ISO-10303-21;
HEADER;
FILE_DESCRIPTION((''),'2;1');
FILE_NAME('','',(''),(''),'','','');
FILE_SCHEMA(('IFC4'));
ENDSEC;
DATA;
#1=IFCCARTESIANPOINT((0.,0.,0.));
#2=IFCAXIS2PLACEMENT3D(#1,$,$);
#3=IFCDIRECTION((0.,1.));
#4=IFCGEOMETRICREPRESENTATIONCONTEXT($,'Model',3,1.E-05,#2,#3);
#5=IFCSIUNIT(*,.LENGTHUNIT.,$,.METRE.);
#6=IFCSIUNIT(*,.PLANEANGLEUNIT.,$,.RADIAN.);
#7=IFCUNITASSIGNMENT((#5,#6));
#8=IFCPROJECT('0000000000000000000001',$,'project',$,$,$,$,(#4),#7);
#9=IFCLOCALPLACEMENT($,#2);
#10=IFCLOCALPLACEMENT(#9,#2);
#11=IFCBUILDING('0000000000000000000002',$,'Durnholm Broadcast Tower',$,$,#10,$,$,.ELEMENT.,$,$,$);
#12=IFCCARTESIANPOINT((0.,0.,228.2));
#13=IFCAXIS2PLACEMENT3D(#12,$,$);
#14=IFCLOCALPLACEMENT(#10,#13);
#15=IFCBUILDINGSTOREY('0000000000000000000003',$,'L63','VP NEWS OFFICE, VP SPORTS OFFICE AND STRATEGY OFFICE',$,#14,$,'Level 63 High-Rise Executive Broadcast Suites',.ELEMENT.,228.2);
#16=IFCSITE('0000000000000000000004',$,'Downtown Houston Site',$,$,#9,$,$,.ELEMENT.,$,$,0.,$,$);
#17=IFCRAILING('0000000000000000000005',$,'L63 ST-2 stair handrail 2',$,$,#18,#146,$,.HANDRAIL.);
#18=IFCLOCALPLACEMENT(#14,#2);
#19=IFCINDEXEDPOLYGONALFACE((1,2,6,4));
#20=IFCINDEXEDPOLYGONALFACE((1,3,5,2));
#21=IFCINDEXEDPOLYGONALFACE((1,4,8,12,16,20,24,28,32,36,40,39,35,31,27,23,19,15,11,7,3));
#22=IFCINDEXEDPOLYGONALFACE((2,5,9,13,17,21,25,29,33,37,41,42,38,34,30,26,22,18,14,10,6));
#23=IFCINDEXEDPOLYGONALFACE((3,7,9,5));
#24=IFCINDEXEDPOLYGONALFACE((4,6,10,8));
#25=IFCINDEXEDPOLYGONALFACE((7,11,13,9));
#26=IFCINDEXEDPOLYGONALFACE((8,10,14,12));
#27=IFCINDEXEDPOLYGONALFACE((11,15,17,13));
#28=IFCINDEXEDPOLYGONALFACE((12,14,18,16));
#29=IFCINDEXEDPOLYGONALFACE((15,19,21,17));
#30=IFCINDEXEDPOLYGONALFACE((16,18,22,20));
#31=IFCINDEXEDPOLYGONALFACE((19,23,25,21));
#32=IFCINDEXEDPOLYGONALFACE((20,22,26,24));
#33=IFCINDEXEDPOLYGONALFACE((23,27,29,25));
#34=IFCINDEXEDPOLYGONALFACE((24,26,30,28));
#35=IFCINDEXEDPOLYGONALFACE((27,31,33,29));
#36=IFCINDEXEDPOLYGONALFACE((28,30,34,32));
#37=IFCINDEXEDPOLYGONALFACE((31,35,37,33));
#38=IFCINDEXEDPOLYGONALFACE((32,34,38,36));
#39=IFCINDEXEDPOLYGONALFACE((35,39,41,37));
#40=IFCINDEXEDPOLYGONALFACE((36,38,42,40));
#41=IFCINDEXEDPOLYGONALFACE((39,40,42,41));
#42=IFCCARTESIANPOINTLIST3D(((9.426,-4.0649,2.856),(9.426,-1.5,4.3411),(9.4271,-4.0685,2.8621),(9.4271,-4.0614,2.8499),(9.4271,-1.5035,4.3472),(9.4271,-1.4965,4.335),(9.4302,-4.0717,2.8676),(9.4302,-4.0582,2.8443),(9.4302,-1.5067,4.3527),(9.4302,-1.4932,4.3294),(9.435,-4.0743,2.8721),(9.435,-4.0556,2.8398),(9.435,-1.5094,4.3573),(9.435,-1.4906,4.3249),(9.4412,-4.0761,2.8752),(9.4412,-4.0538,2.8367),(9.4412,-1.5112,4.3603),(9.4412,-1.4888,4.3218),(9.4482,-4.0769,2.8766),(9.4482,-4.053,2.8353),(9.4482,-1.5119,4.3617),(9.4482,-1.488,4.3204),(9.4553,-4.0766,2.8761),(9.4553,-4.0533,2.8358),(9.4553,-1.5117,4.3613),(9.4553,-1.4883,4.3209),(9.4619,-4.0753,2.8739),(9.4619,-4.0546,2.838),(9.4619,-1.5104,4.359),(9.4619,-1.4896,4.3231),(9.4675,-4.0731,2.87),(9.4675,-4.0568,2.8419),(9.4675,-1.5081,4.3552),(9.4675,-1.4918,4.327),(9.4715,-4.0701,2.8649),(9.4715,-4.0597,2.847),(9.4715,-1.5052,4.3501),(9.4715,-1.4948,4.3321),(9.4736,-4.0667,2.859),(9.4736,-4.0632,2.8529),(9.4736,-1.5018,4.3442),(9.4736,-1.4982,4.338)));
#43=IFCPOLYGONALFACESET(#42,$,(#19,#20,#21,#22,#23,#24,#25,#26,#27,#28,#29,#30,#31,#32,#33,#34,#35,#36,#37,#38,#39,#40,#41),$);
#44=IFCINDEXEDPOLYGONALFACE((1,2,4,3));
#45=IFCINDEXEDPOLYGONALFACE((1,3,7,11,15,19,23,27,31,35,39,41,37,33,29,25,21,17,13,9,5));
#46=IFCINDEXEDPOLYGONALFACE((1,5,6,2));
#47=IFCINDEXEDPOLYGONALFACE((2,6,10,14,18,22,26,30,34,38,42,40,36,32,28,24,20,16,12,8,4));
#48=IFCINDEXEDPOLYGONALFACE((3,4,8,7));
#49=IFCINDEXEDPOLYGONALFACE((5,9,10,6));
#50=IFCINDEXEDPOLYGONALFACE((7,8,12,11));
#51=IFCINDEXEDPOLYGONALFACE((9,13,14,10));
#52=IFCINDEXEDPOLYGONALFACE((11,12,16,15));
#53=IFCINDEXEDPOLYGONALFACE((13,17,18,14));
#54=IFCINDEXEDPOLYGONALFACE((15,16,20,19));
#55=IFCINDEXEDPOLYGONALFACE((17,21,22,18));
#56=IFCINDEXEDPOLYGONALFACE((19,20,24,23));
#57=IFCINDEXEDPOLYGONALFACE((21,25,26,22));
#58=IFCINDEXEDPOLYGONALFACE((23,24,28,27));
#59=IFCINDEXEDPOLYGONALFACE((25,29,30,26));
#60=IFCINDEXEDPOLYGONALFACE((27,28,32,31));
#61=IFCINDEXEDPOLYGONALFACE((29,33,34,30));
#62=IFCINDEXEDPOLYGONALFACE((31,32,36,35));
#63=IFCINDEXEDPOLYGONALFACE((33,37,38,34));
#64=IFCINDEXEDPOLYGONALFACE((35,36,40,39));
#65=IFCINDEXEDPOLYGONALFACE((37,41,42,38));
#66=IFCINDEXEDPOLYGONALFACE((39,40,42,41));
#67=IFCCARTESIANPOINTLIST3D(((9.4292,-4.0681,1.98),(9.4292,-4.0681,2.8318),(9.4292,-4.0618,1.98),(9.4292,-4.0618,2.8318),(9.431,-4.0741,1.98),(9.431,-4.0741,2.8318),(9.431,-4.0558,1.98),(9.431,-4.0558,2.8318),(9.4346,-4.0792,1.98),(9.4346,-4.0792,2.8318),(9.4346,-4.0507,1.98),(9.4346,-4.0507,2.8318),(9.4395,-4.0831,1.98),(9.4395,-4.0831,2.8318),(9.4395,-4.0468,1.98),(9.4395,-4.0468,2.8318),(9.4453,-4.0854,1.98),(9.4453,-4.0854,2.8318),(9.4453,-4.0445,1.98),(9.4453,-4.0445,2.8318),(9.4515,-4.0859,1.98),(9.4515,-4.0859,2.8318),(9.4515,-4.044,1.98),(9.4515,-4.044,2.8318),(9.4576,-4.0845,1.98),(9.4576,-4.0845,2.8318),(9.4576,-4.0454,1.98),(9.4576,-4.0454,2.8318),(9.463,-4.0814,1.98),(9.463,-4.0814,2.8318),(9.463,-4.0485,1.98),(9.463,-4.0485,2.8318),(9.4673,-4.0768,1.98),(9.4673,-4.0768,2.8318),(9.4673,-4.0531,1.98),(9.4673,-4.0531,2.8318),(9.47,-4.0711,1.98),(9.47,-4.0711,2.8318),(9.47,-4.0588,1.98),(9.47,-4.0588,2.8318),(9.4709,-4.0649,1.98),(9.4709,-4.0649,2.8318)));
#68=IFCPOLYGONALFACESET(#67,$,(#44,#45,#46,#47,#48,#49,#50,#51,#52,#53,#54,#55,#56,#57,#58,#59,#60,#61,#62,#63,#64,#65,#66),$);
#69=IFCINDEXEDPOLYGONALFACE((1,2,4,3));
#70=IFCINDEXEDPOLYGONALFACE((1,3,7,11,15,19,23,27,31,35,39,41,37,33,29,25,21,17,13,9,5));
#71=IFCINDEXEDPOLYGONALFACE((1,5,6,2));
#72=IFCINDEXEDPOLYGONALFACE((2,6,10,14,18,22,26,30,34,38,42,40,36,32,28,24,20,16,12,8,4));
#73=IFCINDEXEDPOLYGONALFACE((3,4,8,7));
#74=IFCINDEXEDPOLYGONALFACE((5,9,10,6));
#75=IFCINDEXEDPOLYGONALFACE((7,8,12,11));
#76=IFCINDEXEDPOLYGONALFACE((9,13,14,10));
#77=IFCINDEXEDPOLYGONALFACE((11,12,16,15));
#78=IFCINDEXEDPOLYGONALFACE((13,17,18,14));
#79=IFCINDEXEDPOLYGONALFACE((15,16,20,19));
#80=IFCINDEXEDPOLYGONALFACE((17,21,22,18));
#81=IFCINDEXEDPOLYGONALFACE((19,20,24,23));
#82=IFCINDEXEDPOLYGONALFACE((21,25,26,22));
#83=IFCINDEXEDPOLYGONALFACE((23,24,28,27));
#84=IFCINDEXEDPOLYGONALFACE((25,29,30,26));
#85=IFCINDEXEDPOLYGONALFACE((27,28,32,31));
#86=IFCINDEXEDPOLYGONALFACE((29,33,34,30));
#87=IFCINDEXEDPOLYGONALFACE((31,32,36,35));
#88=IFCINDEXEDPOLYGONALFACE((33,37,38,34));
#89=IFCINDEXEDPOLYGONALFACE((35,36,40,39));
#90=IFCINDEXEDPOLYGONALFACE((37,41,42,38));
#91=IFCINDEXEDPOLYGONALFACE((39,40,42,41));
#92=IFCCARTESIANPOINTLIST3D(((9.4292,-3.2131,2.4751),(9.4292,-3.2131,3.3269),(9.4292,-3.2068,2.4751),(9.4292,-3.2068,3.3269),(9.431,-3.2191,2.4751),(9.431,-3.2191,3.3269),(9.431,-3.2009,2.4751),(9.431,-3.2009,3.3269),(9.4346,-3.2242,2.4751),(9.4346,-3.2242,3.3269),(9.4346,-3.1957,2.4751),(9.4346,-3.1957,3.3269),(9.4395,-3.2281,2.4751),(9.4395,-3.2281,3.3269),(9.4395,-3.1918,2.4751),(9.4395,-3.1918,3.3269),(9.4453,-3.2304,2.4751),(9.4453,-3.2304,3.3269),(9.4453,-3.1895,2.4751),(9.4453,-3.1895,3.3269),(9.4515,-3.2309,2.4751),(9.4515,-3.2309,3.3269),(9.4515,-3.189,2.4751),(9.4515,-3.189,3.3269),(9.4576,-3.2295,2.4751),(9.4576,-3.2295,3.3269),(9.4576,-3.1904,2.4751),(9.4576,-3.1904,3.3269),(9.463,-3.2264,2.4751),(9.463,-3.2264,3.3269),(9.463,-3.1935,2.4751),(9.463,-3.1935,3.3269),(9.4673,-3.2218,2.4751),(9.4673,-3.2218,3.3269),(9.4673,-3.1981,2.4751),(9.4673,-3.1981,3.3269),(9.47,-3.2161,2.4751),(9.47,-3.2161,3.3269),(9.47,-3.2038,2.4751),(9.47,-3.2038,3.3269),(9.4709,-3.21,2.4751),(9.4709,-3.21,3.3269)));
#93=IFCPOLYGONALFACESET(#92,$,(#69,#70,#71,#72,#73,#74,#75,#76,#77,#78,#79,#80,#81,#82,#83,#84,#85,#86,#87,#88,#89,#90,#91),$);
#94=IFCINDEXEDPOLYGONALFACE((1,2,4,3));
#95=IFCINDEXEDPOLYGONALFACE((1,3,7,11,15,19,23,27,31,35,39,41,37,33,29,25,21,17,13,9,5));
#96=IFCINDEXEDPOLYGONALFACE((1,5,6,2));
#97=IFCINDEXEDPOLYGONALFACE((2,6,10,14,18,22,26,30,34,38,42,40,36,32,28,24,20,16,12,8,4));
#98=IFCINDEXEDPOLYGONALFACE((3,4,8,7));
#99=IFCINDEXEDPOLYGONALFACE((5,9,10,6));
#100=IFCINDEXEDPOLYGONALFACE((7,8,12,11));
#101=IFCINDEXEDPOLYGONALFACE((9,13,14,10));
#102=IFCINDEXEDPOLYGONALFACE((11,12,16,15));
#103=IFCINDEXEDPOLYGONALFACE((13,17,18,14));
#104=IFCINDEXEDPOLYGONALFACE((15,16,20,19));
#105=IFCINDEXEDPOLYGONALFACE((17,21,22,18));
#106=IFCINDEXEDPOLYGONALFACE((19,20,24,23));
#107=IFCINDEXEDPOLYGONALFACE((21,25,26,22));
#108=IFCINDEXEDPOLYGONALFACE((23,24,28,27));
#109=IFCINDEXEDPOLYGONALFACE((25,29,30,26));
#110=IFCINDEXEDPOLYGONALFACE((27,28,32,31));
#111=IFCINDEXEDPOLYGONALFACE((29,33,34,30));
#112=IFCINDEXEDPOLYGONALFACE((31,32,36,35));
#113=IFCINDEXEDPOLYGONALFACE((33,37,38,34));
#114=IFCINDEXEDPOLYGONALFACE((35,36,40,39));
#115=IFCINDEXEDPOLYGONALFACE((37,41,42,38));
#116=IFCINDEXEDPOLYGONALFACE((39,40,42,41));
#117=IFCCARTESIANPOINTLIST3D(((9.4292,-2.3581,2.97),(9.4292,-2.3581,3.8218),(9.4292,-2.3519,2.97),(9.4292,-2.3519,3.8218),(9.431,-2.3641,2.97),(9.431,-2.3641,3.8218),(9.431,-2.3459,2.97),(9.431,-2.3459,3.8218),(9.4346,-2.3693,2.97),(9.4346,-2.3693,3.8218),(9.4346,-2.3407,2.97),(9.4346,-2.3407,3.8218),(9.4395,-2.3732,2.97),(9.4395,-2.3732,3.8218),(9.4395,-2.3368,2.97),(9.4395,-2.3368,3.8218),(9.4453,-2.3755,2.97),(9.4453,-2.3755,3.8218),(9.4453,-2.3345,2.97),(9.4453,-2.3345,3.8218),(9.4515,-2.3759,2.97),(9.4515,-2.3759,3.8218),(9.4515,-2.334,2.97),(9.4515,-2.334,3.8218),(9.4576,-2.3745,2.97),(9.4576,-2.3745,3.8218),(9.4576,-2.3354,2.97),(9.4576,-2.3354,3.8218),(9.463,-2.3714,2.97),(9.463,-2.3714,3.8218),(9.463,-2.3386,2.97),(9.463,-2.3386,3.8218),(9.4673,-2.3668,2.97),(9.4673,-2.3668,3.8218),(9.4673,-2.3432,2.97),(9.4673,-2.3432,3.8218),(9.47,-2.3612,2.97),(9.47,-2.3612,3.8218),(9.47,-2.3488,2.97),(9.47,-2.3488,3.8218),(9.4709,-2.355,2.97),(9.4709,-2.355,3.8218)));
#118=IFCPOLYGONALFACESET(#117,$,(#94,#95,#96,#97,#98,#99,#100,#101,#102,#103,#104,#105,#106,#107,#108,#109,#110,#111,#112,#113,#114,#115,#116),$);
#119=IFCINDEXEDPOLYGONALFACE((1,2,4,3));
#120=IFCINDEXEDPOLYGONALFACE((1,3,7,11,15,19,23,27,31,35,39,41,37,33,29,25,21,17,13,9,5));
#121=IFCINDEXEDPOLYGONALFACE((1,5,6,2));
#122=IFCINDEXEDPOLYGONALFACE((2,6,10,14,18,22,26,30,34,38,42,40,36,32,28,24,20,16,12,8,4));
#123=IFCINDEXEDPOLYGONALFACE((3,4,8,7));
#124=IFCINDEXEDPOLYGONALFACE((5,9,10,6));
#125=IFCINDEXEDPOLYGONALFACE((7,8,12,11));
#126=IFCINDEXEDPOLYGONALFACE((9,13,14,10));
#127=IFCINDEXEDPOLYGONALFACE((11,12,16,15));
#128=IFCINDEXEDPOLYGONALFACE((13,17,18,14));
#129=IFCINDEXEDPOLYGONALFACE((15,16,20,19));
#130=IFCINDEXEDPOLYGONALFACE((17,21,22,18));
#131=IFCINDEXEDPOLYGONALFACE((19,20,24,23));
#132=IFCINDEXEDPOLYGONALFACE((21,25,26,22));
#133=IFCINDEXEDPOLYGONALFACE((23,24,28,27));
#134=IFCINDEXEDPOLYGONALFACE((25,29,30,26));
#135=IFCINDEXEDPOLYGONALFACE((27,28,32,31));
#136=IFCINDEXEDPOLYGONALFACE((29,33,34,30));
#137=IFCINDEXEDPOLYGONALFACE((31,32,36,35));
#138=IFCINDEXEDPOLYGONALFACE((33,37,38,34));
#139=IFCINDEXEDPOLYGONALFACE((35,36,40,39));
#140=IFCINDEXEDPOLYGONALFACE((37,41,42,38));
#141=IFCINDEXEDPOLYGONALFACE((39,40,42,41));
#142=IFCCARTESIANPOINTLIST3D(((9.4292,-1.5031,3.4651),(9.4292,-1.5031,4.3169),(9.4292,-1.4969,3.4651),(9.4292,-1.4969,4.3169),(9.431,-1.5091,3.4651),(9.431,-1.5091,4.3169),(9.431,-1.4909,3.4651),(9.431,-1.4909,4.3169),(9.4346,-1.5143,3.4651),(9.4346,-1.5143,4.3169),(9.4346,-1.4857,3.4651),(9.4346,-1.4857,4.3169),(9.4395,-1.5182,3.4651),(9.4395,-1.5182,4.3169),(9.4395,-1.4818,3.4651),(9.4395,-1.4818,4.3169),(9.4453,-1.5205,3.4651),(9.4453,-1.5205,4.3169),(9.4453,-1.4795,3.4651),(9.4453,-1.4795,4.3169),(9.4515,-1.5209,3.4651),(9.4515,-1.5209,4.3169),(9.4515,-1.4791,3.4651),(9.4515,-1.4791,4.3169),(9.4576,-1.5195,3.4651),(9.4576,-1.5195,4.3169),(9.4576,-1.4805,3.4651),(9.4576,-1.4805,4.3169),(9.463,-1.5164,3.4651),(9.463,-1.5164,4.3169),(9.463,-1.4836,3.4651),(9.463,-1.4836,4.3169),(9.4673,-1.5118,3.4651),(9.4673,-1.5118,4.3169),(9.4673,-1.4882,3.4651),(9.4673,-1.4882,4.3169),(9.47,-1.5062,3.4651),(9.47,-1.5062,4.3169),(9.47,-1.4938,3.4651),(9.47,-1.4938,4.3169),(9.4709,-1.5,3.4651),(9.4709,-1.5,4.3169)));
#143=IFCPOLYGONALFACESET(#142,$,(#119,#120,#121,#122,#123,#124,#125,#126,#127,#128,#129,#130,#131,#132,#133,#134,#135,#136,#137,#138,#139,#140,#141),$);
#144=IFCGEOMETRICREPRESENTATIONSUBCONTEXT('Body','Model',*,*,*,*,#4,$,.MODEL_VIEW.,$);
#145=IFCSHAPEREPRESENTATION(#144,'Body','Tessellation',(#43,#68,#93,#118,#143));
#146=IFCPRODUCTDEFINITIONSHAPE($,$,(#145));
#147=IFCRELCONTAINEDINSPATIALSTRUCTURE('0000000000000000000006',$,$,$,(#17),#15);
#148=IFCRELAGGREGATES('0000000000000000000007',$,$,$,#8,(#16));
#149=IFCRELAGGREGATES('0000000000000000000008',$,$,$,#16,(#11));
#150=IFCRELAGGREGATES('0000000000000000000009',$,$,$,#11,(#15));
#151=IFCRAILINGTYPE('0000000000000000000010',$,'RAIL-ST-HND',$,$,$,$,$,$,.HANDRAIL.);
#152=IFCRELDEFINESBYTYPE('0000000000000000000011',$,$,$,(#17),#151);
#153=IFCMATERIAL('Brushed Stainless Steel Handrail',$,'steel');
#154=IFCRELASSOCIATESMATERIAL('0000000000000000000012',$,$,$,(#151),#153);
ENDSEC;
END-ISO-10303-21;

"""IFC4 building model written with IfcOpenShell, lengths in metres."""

from ifc_helpers import new_model, si_unit, direction, frame, origin, origin_2d, place, context, subcontext, project, spatial, circle, extrude, material, type_object, element, save


model = new_model("IFC4")

# Units and contexts
model_context = context("Model", 3, precision=1e-05, world=origin(), true_north=direction((0.0, 1.0)))
body_context = subcontext(model_context, "Body", "Model", "MODEL_VIEW")
ifc_project = project(units=[si_unit("LENGTHUNIT", "METRE"), si_unit("PLANEANGLEUNIT", "RADIAN")], contexts=[model_context])

# Site, building, storey
site_placement = place(None, origin())
site = spatial("IfcSite", under=ifc_project, at=site_placement, Name="Downtown Houston Site", CompositionType="ELEMENT", RefElevation=0.0)
building_placement = place(site_placement, origin())
building = spatial("IfcBuilding", under=site, at=building_placement, Name="Durnholm Broadcast Tower", CompositionType="ELEMENT")
storey_placement = place(building_placement, frame((0.0, 0.0, 228.2)))
storey = spatial("IfcBuildingStorey", under=building, at=storey_placement, Name="L63", Description="VP NEWS OFFICE, VP SPORTS OFFICE AND STRATEGY OFFICE", LongName="Level 63 High-Rise Executive Broadcast Suites", CompositionType="ELEMENT", Elevation=228.2)

# Railing
ifc_material_1 = material(Name="Brushed Stainless Steel Handrail", Category="steel")
railing_type_1 = type_object("IfcRailingType", Name="RAIL-ST-HND", PredefinedType="HANDRAIL", material=ifc_material_1)
railing_1_placement = place(storey_placement, frame((9.45, -4.0649, 1.98)))
element("IfcRailing", 1, at=railing_1_placement, inside=storey, type_object=railing_type_1, Name="L63 ST-2 stair handrail 2", PredefinedType="HANDRAIL", context=body_context, shape_type="SweptSolid", body=[
    extrude(circle(Radius=0.0239, at=origin_2d()), frame((0.0, 0.0, 0.876), z_axis=(0.0, 0.865406, 0.501072), x_axis=(-1.0, 0.0, 0.0)), (0.0, 0.0, 1.0), 2.9639),
    extrude(circle(Radius=0.021, at=origin_2d()), origin(), (0.0, 0.0, 1.0), 0.8518),
    extrude(circle(Radius=0.021, at=origin_2d()), frame((0.0, 0.855, 0.4951)), (0.0, 0.0, 1.0), 0.8518),
    extrude(circle(Radius=0.021, at=origin_2d()), frame((0.0, 1.71, 0.99)), (0.0, 0.0, 1.0), 0.8518),
    extrude(circle(Radius=0.021, at=origin_2d()), frame((0.0, 2.5649, 1.4851)), (0.0, 0.0, 1.0), 0.8518),
])

save(model, "model.ifc")
